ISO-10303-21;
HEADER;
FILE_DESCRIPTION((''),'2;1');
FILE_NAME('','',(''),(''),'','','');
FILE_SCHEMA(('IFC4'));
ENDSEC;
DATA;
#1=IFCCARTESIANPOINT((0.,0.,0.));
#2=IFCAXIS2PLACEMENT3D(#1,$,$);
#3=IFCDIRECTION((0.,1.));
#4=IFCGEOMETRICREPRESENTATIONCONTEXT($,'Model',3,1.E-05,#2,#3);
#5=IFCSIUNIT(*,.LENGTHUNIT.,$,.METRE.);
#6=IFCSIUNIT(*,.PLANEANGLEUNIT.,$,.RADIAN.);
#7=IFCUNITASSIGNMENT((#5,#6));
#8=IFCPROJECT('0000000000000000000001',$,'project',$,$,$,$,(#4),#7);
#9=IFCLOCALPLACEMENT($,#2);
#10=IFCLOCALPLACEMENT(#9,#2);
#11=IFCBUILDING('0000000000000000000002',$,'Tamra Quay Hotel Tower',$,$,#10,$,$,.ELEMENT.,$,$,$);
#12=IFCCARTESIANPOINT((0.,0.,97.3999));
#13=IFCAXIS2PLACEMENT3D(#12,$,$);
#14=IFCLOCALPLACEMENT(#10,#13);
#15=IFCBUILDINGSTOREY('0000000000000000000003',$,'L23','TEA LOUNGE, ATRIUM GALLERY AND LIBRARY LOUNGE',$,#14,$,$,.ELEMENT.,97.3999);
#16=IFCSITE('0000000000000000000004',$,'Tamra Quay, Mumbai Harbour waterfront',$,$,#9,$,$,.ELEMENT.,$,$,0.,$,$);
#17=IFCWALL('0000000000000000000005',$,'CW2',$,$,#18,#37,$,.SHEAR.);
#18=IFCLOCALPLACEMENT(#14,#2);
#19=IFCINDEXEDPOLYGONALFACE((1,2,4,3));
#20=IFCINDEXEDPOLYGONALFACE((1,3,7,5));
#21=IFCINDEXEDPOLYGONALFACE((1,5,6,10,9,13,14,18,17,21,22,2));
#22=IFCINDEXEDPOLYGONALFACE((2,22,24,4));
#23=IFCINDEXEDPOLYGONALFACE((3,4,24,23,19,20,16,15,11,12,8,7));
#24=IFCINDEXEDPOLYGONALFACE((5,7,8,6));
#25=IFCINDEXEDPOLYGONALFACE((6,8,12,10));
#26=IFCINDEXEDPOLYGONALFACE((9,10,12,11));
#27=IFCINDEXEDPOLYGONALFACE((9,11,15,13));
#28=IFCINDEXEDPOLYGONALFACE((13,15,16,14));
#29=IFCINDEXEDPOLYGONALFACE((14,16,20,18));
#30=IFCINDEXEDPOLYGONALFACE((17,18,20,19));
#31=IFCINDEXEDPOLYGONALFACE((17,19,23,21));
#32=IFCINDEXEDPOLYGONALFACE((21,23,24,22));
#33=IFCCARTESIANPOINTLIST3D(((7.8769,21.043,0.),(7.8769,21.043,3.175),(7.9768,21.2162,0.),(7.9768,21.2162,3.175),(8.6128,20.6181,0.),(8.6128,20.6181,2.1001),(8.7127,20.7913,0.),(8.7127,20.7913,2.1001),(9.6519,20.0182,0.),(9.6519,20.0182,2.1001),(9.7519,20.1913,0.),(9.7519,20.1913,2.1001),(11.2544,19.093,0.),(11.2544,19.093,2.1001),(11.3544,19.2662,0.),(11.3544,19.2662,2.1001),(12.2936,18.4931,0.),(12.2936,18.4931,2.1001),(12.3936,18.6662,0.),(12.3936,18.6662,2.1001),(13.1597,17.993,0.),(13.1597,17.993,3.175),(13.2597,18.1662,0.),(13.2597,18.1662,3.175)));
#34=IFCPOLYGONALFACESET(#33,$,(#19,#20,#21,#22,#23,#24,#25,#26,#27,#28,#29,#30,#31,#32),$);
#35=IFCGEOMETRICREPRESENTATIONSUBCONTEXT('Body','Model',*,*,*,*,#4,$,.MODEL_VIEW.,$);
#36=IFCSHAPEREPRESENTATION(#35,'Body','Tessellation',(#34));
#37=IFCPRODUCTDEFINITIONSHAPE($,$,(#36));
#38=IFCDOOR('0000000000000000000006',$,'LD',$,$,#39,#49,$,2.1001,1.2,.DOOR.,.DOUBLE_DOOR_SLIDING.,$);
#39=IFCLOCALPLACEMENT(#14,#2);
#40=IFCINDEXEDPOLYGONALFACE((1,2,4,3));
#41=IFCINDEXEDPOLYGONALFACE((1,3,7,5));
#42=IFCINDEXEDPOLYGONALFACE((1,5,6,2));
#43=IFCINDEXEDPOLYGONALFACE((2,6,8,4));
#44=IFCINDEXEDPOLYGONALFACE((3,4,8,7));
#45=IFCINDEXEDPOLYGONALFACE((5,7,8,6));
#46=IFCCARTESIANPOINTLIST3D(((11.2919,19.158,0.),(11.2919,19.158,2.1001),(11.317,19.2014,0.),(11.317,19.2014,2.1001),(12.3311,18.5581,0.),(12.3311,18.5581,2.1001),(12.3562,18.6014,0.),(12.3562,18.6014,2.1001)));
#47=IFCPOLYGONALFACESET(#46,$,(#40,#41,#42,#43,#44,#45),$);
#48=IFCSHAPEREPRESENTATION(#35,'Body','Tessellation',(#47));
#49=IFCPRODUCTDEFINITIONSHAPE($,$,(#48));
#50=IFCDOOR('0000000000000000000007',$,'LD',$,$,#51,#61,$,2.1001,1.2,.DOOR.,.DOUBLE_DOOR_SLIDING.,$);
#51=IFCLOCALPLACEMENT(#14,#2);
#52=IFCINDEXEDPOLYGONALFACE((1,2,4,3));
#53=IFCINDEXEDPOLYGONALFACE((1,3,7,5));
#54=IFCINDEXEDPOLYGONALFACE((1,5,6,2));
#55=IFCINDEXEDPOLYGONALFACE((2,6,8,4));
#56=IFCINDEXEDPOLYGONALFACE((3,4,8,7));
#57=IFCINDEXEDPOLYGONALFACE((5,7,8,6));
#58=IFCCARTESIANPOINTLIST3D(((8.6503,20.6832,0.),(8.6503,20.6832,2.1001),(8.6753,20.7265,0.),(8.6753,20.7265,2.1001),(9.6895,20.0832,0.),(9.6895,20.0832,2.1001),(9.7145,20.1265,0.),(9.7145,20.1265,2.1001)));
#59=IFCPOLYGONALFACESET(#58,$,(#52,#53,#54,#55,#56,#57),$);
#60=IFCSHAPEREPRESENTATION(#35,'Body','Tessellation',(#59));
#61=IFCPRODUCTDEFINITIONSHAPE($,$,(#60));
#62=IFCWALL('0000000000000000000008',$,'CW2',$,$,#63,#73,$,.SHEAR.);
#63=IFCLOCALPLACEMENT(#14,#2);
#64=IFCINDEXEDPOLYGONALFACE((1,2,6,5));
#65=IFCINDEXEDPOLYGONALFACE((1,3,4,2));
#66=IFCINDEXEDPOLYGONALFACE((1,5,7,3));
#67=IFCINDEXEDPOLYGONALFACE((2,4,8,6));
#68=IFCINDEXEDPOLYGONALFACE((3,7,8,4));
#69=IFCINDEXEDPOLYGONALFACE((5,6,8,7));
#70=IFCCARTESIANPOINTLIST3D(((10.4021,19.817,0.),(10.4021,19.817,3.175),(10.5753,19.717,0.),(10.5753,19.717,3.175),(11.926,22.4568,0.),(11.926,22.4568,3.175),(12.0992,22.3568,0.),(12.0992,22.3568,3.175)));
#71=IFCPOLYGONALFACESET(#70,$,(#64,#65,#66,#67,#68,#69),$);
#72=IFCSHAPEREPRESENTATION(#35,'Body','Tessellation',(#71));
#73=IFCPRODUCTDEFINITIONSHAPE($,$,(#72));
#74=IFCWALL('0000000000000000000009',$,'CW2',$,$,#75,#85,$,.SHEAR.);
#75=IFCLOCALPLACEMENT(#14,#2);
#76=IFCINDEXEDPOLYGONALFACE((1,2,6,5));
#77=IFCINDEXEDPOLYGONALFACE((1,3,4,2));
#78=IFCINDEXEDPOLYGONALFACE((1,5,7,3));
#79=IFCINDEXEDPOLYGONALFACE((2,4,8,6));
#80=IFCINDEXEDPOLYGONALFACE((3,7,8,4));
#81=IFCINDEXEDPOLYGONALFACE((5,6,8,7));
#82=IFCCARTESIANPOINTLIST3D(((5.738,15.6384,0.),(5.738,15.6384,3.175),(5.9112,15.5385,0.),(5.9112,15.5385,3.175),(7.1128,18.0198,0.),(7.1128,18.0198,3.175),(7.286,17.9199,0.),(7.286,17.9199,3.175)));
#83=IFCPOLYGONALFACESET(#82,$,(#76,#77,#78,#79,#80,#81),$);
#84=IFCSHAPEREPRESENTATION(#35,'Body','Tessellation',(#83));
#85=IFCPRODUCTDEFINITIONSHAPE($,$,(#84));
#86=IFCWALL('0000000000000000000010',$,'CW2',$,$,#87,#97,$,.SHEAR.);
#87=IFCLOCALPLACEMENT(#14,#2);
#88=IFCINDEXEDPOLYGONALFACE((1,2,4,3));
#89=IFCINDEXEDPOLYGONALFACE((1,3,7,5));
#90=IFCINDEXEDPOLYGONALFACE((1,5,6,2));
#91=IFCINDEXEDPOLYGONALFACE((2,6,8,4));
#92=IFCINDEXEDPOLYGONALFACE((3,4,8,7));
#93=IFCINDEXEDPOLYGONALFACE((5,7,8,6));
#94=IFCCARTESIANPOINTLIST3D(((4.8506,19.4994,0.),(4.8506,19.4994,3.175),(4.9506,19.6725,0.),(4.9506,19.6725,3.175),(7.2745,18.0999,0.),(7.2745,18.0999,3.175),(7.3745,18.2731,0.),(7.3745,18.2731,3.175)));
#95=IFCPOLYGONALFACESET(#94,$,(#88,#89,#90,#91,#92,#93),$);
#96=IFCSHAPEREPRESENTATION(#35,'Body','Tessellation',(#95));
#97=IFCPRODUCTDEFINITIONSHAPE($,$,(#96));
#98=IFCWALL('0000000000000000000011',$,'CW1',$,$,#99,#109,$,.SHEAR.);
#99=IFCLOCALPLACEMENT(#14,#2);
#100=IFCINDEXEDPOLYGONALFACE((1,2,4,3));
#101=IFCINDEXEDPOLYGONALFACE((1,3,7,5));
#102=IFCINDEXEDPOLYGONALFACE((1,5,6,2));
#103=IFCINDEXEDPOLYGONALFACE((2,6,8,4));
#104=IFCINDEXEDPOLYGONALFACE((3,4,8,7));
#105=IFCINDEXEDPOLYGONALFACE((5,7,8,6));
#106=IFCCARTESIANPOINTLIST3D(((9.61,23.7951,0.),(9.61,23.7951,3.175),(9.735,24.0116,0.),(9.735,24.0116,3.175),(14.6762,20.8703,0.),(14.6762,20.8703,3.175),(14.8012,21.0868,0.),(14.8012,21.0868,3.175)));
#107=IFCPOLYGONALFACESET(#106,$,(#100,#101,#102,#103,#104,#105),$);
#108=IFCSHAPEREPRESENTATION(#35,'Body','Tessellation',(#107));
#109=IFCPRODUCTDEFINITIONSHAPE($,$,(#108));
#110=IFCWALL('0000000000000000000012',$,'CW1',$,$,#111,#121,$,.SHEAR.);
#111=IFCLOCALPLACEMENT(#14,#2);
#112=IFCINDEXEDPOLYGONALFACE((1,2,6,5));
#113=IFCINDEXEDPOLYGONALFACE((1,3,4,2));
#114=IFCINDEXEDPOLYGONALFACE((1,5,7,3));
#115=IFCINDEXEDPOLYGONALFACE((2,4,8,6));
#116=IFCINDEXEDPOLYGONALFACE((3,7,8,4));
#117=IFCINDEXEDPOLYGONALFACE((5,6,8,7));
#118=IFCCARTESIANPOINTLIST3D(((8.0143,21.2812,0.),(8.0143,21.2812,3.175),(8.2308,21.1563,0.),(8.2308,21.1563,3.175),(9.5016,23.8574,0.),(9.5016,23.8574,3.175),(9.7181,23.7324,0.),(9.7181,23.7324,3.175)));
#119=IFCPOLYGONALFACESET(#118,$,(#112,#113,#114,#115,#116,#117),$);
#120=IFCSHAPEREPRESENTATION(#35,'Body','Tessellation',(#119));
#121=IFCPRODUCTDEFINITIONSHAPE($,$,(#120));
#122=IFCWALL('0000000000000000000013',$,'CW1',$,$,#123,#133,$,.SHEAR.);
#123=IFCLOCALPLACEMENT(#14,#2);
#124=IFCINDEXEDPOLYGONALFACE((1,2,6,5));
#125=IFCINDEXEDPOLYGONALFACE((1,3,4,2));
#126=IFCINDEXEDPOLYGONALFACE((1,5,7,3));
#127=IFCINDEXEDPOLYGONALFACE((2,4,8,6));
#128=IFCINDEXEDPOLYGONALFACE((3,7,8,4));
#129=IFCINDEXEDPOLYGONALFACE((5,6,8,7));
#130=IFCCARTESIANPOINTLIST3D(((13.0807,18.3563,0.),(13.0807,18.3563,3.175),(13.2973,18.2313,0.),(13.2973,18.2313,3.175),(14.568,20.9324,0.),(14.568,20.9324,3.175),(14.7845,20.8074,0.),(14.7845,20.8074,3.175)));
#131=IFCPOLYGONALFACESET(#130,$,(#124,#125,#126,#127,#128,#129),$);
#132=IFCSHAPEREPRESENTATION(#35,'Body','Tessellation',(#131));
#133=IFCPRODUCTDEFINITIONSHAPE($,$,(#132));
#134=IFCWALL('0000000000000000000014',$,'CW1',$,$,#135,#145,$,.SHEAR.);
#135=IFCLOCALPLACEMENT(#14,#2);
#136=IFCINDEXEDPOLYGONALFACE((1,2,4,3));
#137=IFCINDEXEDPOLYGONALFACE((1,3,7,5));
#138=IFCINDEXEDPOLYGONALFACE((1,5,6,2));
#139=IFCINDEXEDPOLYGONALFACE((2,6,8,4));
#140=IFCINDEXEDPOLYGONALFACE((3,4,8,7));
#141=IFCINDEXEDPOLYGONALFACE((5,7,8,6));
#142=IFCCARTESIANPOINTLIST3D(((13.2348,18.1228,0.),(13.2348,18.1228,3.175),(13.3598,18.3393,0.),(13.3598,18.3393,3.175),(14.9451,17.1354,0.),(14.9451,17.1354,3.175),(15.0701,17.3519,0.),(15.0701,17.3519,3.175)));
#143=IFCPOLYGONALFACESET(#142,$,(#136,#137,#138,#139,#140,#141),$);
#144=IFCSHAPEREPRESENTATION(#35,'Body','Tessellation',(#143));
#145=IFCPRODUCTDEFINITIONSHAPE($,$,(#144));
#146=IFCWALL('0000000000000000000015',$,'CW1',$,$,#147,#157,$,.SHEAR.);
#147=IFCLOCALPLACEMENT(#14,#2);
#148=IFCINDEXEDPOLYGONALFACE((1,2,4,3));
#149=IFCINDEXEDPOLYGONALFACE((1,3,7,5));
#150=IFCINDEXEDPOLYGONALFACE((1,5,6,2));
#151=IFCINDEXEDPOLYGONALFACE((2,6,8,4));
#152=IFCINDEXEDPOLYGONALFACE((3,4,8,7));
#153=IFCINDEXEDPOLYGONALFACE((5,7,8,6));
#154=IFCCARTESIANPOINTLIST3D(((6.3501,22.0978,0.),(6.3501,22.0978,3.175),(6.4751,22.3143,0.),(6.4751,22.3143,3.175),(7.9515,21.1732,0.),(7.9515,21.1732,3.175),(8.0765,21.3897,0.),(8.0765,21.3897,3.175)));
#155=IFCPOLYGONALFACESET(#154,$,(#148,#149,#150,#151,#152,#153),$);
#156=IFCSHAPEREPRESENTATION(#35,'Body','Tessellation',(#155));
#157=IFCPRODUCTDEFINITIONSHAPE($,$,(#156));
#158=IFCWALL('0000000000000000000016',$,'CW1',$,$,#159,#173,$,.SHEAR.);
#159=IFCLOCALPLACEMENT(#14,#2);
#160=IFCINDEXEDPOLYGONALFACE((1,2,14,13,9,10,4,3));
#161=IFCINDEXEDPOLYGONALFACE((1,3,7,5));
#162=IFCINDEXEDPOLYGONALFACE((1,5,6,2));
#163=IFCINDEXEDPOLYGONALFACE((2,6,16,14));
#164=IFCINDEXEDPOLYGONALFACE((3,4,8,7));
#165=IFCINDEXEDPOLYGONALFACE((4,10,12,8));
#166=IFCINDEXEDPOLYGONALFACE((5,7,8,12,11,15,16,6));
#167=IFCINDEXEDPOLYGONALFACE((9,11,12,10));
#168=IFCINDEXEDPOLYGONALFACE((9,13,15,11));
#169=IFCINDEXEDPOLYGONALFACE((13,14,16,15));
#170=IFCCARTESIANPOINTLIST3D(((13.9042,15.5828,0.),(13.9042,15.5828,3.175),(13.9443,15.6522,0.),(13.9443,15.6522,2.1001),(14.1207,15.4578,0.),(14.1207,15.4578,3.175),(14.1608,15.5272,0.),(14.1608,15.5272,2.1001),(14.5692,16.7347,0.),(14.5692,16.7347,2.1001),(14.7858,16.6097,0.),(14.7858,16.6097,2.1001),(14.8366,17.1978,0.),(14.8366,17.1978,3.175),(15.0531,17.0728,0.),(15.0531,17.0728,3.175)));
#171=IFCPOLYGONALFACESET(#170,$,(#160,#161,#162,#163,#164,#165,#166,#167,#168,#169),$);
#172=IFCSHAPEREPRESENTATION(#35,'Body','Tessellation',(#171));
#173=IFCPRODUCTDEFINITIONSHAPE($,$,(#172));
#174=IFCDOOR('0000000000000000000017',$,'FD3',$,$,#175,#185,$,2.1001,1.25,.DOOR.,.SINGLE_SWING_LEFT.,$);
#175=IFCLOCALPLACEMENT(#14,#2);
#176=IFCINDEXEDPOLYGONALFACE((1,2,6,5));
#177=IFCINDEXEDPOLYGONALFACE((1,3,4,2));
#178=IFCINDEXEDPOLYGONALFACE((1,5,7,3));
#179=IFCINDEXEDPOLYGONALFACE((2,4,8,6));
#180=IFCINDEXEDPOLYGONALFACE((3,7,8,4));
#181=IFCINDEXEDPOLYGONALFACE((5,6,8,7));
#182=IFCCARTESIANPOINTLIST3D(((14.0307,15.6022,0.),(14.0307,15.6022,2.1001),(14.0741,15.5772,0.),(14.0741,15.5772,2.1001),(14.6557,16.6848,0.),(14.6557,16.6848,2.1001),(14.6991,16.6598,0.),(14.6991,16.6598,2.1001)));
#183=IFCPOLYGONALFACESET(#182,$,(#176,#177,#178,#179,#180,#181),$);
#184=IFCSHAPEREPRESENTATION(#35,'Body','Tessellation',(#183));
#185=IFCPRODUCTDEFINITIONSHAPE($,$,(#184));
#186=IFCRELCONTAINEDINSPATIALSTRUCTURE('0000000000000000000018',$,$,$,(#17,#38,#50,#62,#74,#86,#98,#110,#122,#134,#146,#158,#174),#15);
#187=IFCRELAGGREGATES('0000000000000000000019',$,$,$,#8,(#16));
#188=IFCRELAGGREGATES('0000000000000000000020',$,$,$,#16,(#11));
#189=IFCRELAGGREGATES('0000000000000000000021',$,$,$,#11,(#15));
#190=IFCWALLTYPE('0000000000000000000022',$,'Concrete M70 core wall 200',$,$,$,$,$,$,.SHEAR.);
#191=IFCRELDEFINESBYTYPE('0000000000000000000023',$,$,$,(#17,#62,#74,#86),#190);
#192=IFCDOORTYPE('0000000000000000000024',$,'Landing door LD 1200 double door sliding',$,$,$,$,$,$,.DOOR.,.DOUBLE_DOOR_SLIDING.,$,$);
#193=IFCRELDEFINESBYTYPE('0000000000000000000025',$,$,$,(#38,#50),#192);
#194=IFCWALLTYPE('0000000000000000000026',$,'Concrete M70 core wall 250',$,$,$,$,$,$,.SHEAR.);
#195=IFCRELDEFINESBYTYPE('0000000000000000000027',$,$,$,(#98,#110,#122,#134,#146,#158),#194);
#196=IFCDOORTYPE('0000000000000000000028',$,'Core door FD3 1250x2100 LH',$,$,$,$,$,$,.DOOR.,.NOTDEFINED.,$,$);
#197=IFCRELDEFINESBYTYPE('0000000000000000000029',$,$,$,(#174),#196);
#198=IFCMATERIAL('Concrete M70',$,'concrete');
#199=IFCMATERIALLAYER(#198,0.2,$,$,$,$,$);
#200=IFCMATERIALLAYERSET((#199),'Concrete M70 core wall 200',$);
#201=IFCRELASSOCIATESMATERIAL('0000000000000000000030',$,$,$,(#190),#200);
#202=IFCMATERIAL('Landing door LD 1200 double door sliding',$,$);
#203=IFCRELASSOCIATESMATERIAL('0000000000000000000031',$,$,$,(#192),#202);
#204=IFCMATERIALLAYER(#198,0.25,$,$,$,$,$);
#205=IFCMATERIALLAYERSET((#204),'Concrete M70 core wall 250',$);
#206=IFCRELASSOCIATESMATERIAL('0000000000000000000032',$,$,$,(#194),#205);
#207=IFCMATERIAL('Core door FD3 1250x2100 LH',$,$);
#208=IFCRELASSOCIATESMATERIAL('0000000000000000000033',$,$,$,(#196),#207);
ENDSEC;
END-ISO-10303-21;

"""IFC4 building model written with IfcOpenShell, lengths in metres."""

from ifc_helpers import new_model, si_unit, direction, frame, frame_2d, origin, place, context, subcontext, project, spatial, rectangle, extrude, material, layer, layer_set, type_object, element, fill, save


model = new_model("IFC4")

# Units and contexts
model_context = context("Model", 3, precision=1e-05, world=origin(), true_north=direction((0.0, 1.0)))
body_context = subcontext(model_context, "Body", "Model", "MODEL_VIEW")
ifc_project = project(units=[si_unit("LENGTHUNIT", "METRE"), si_unit("PLANEANGLEUNIT", "RADIAN")], contexts=[model_context])

# Site, building, storey
site_placement = place(None, origin())
site = spatial("IfcSite", under=ifc_project, at=site_placement, Name="Tamra Quay, Mumbai Harbour waterfront", CompositionType="ELEMENT", RefElevation=0.0)
building_placement = place(site_placement, origin())
building = spatial("IfcBuilding", under=site, at=building_placement, Name="Tamra Quay Hotel Tower", CompositionType="ELEMENT")
storey_placement = place(building_placement, frame((0.0, 0.0, 97.3999)))
storey = spatial("IfcBuildingStorey", under=building, at=storey_placement, Name="L23", Description="TEA LOUNGE, ATRIUM GALLERY AND LIBRARY LOUNGE", CompositionType="ELEMENT", Elevation=97.3999)

# Shared definitions
ifc_material_1 = material(Name="Concrete M70", Category="concrete")

# Wall, openings, doors
ifc_layer_1 = layer(ifc_material_1, 0.2)
ifc_layer_set_1 = layer_set([ifc_layer_1], Name="Concrete M70 core wall 200")
wall_type_1 = type_object("IfcWallType", Name="Concrete M70 core wall 200", PredefinedType="SHEAR", material=ifc_layer_set_1)
wall_1_placement = place(storey_placement, frame((13.2097, 18.0796, 0.0), z_axis=(0.0, 0.0, 1.0), x_axis=(-0.86603, 0.499992, 0.0)))
wall_1 = element("IfcWall", 1, at=wall_1_placement, inside=storey, type_object=wall_type_1, Name="CW2", PredefinedType="SHEAR", context=body_context, shape_type="SweptSolid", body=[
    extrude(rectangle(XDim=6.1001, YDim=0.2, at=frame_2d((3.05, 0.0))), origin(), (0.0, 0.0, 1.0), 3.175),
])
opening_1_placement = place(wall_1_placement, frame((1.0, 0.0, 0.0)))
opening_1 = element("IfcOpeningElement", 2, at=opening_1_placement, cuts=wall_1, PredefinedType="OPENING", context=body_context, shape_type="SweptSolid", body=[
    extrude(rectangle(XDim=1.2, YDim=2.1001, at=frame_2d((0.6001, 1.05))), frame((0.0, 0.1099, 0.0), z_axis=(0.0, -1.0, 0.0), x_axis=(1.0, 0.0, 0.0)), (0.0, 0.0, 1.0), 0.22),
])
opening_2_placement = place(wall_1_placement, frame((4.0503, 0.0, 0.0)))
opening_2 = element("IfcOpeningElement", 3, at=opening_2_placement, cuts=wall_1, PredefinedType="OPENING", context=body_context, shape_type="SweptSolid", body=[
    extrude(rectangle(XDim=1.2, YDim=2.1001, at=frame_2d((0.6001, 1.05))), frame((0.0, 0.1099, 0.0), z_axis=(0.0, -1.0, 0.0), x_axis=(1.0, 0.0, 0.0)), (0.0, 0.0, 1.0), 0.22),
])
ifc_material_2 = material(Name="Landing door LD 1200 double door sliding")
door_type_1 = type_object("IfcDoorType", Name="Landing door LD 1200 double door sliding", OperationType="DOUBLE_DOOR_SLIDING", PredefinedType="DOOR", material=ifc_material_2)
door_1_placement = place(opening_1_placement, origin())
door_1 = element("IfcDoor", 4, at=door_1_placement, inside=storey, type_object=door_type_1, Name="LD", OperationType="DOUBLE_DOOR_SLIDING", OverallHeight=2.1001, OverallWidth=1.2, PredefinedType="DOOR", context=body_context, shape_type="SweptSolid", body=[
    extrude(rectangle(XDim=1.2, YDim=2.1001, at=frame_2d((0.6001, 1.05))), frame((0.0, 0.0249, 0.0), z_axis=(0.0, -1.0, 0.0), x_axis=(1.0, 0.0, 0.0)), (0.0, 0.0, 1.0), 0.05),
])
fill(opening_1, door_1)
door_2_placement = place(opening_2_placement, origin())
door_2 = element("IfcDoor", 5, at=door_2_placement, inside=storey, type_object=door_type_1, Name="LD", OperationType="DOUBLE_DOOR_SLIDING", OverallHeight=2.1001, OverallWidth=1.2, PredefinedType="DOOR", context=body_context, shape_type="SweptSolid", body=[
    extrude(rectangle(XDim=1.2, YDim=2.1001, at=frame_2d((0.6001, 1.05))), frame((0.0, 0.0249, 0.0), z_axis=(0.0, -1.0, 0.0), x_axis=(1.0, 0.0, 0.0)), (0.0, 0.0, 1.0), 0.05),
])
fill(opening_2, door_2)

# Walls
wall_2_placement = place(storey_placement, frame((10.4888, 19.7671, 0.0), z_axis=(0.0, 0.0, 1.0), x_axis=(0.499947, 0.866056, 0.0)))
element("IfcWall", 6, at=wall_2_placement, inside=storey, type_object=wall_type_1, Name="CW2", PredefinedType="SHEAR", context=body_context, shape_type="SweptSolid", body=[
    extrude(rectangle(XDim=3.0481, YDim=0.2, at=frame_2d((1.5239, 0.0))), origin(), (0.0, 0.0, 1.0), 3.175),
])
wall_3_placement = place(storey_placement, frame((7.1995, 17.97, 0.0), z_axis=(0.0, 0.0, 1.0), x_axis=(-0.499968, -0.866044, 0.0)))
element("IfcWall", 7, at=wall_3_placement, inside=storey, type_object=wall_type_1, Name="CW2", PredefinedType="SHEAR", context=body_context, shape_type="SweptSolid", body=[
    extrude(rectangle(XDim=2.7498, YDim=0.2, at=frame_2d((1.375, 0.0))), origin(), (0.0, 0.0, 1.0), 3.175),
])
wall_4_placement = place(storey_placement, frame((4.9006, 19.5859, 0.0), z_axis=(0.0, 0.0, 1.0), x_axis=(0.866023, -0.500004, 0.0)))
element("IfcWall", 8, at=wall_4_placement, inside=storey, type_object=wall_type_1, Name="CW2", PredefinedType="SHEAR", context=body_context, shape_type="SweptSolid", body=[
    extrude(rectangle(XDim=2.7988, YDim=0.2, at=frame_2d((1.3994, 0.0))), origin(), (0.0, 0.0, 1.0), 3.175),
])
ifc_layer_2 = layer(ifc_material_1, 0.25)
ifc_layer_set_2 = layer_set([ifc_layer_2], Name="Concrete M70 core wall 250")
wall_type_2 = type_object("IfcWallType", Name="Concrete M70 core wall 250", PredefinedType="SHEAR", material=ifc_layer_set_2)
wall_5_placement = place(storey_placement, frame((9.6726, 23.9033, 0.0), z_axis=(0.0, 0.0, 1.0), x_axis=(0.866036, -0.499981, 0.0)))
element("IfcWall", 9, at=wall_5_placement, inside=storey, type_object=wall_type_2, Name="CW1", PredefinedType="SHEAR", context=body_context, shape_type="SweptSolid", body=[
    extrude(rectangle(XDim=5.8499, YDim=0.25, at=frame_2d((2.9248, 0.0))), origin(), (0.0, 0.0, 1.0), 3.175),
])
for number, where, z_axis, x_axis, name in (
    (10, (8.1226, 21.2188, 0.0), (0.0, 0.0, 1.0), (0.499988, 0.866033, 0.0), "CW1"),
    (11, (14.6763, 20.8699, 0.0), (0.0, 0.0, 1.0), (-0.499988, -0.866033, 0.0), "CW1"),
):
    element("IfcWall", number, at=place(storey_placement, frame(where, z_axis=z_axis, x_axis=x_axis)), inside=storey, type_object=wall_type_2, Name=name, PredefinedType="SHEAR", context=body_context, shape_type="SweptSolid", body=[
        extrude(rectangle(XDim=2.9746, YDim=0.25, at=frame_2d((1.4873, 0.0))), origin(), (0.0, 0.0, 1.0), 3.175),
    ])
wall_6_placement = place(storey_placement, frame((13.2974, 18.231, 0.0), z_axis=(0.0, 0.0, 1.0), x_axis=(0.866044, -0.499969, 0.0)))
element("IfcWall", 12, at=wall_6_placement, inside=storey, type_object=wall_type_2, Name="CW1", PredefinedType="SHEAR", context=body_context, shape_type="SweptSolid", body=[
    extrude(rectangle(XDim=1.9749, YDim=0.25, at=frame_2d((0.9873, 0.0))), origin(), (0.0, 0.0, 1.0), 3.175),
])
wall_7_placement = place(storey_placement, frame((6.4126, 22.2061, 0.0), z_axis=(0.0, 0.0, 1.0), x_axis=(0.866016, -0.500016, 0.0)))
element("IfcWall", 13, at=wall_7_placement, inside=storey, type_object=wall_type_2, Name="CW1", PredefinedType="SHEAR", context=body_context, shape_type="SweptSolid", body=[
    extrude(rectangle(XDim=1.8491, YDim=0.25, at=frame_2d((0.9246, 0.0))), origin(), (0.0, 0.0, 1.0), 3.175),
])

# Wall, opening, door
wall_8_placement = place(storey_placement, frame((14.9448, 17.1353, 0.0), z_axis=(0.0, 0.0, 1.0), x_axis=(-0.499983, -0.866035, 0.0)))
wall_8 = element("IfcWall", 14, at=wall_8_placement, inside=storey, type_object=wall_type_2, Name="CW1", PredefinedType="SHEAR", context=body_context, shape_type="SweptSolid", body=[
    extrude(rectangle(XDim=1.8647, YDim=0.25, at=frame_2d((0.9324, 0.0))), origin(), (0.0, 0.0, 1.0), 3.175),
])
opening_3_placement = place(wall_8_placement, frame((0.5347, 0.0, 0.0)))
opening_3 = element("IfcOpeningElement", 15, at=opening_3_placement, cuts=wall_8, PredefinedType="OPENING", context=body_context, shape_type="SweptSolid", body=[
    extrude(rectangle(XDim=1.25, YDim=2.1001, at=frame_2d((0.625, 1.05))), frame((0.0, 0.135, 0.0), z_axis=(0.0, -1.0, 0.0), x_axis=(1.0, 0.0, 0.0)), (0.0, 0.0, 1.0), 0.27),
])
ifc_material_3 = material(Name="Core door FD3 1250x2100 LH")
door_type_2 = type_object("IfcDoorType", Name="Core door FD3 1250x2100 LH", OperationType="NOTDEFINED", PredefinedType="DOOR", material=ifc_material_3)
door_3_placement = place(opening_3_placement, origin())
door_3 = element("IfcDoor", 16, at=door_3_placement, inside=storey, type_object=door_type_2, Name="FD3", OperationType="SINGLE_SWING_LEFT", OverallHeight=2.1001, OverallWidth=1.25, PredefinedType="DOOR", context=body_context, shape_type="SweptSolid", body=[
    extrude(rectangle(XDim=1.25, YDim=2.1001, at=frame_2d((0.625, 1.05))), frame((0.0, 0.0249, 0.0), z_axis=(0.0, -1.0, 0.0), x_axis=(1.0, 0.0, 0.0)), (0.0, 0.0, 1.0), 0.05),
])
fill(opening_3, door_3)

save(model, "model.ifc")
